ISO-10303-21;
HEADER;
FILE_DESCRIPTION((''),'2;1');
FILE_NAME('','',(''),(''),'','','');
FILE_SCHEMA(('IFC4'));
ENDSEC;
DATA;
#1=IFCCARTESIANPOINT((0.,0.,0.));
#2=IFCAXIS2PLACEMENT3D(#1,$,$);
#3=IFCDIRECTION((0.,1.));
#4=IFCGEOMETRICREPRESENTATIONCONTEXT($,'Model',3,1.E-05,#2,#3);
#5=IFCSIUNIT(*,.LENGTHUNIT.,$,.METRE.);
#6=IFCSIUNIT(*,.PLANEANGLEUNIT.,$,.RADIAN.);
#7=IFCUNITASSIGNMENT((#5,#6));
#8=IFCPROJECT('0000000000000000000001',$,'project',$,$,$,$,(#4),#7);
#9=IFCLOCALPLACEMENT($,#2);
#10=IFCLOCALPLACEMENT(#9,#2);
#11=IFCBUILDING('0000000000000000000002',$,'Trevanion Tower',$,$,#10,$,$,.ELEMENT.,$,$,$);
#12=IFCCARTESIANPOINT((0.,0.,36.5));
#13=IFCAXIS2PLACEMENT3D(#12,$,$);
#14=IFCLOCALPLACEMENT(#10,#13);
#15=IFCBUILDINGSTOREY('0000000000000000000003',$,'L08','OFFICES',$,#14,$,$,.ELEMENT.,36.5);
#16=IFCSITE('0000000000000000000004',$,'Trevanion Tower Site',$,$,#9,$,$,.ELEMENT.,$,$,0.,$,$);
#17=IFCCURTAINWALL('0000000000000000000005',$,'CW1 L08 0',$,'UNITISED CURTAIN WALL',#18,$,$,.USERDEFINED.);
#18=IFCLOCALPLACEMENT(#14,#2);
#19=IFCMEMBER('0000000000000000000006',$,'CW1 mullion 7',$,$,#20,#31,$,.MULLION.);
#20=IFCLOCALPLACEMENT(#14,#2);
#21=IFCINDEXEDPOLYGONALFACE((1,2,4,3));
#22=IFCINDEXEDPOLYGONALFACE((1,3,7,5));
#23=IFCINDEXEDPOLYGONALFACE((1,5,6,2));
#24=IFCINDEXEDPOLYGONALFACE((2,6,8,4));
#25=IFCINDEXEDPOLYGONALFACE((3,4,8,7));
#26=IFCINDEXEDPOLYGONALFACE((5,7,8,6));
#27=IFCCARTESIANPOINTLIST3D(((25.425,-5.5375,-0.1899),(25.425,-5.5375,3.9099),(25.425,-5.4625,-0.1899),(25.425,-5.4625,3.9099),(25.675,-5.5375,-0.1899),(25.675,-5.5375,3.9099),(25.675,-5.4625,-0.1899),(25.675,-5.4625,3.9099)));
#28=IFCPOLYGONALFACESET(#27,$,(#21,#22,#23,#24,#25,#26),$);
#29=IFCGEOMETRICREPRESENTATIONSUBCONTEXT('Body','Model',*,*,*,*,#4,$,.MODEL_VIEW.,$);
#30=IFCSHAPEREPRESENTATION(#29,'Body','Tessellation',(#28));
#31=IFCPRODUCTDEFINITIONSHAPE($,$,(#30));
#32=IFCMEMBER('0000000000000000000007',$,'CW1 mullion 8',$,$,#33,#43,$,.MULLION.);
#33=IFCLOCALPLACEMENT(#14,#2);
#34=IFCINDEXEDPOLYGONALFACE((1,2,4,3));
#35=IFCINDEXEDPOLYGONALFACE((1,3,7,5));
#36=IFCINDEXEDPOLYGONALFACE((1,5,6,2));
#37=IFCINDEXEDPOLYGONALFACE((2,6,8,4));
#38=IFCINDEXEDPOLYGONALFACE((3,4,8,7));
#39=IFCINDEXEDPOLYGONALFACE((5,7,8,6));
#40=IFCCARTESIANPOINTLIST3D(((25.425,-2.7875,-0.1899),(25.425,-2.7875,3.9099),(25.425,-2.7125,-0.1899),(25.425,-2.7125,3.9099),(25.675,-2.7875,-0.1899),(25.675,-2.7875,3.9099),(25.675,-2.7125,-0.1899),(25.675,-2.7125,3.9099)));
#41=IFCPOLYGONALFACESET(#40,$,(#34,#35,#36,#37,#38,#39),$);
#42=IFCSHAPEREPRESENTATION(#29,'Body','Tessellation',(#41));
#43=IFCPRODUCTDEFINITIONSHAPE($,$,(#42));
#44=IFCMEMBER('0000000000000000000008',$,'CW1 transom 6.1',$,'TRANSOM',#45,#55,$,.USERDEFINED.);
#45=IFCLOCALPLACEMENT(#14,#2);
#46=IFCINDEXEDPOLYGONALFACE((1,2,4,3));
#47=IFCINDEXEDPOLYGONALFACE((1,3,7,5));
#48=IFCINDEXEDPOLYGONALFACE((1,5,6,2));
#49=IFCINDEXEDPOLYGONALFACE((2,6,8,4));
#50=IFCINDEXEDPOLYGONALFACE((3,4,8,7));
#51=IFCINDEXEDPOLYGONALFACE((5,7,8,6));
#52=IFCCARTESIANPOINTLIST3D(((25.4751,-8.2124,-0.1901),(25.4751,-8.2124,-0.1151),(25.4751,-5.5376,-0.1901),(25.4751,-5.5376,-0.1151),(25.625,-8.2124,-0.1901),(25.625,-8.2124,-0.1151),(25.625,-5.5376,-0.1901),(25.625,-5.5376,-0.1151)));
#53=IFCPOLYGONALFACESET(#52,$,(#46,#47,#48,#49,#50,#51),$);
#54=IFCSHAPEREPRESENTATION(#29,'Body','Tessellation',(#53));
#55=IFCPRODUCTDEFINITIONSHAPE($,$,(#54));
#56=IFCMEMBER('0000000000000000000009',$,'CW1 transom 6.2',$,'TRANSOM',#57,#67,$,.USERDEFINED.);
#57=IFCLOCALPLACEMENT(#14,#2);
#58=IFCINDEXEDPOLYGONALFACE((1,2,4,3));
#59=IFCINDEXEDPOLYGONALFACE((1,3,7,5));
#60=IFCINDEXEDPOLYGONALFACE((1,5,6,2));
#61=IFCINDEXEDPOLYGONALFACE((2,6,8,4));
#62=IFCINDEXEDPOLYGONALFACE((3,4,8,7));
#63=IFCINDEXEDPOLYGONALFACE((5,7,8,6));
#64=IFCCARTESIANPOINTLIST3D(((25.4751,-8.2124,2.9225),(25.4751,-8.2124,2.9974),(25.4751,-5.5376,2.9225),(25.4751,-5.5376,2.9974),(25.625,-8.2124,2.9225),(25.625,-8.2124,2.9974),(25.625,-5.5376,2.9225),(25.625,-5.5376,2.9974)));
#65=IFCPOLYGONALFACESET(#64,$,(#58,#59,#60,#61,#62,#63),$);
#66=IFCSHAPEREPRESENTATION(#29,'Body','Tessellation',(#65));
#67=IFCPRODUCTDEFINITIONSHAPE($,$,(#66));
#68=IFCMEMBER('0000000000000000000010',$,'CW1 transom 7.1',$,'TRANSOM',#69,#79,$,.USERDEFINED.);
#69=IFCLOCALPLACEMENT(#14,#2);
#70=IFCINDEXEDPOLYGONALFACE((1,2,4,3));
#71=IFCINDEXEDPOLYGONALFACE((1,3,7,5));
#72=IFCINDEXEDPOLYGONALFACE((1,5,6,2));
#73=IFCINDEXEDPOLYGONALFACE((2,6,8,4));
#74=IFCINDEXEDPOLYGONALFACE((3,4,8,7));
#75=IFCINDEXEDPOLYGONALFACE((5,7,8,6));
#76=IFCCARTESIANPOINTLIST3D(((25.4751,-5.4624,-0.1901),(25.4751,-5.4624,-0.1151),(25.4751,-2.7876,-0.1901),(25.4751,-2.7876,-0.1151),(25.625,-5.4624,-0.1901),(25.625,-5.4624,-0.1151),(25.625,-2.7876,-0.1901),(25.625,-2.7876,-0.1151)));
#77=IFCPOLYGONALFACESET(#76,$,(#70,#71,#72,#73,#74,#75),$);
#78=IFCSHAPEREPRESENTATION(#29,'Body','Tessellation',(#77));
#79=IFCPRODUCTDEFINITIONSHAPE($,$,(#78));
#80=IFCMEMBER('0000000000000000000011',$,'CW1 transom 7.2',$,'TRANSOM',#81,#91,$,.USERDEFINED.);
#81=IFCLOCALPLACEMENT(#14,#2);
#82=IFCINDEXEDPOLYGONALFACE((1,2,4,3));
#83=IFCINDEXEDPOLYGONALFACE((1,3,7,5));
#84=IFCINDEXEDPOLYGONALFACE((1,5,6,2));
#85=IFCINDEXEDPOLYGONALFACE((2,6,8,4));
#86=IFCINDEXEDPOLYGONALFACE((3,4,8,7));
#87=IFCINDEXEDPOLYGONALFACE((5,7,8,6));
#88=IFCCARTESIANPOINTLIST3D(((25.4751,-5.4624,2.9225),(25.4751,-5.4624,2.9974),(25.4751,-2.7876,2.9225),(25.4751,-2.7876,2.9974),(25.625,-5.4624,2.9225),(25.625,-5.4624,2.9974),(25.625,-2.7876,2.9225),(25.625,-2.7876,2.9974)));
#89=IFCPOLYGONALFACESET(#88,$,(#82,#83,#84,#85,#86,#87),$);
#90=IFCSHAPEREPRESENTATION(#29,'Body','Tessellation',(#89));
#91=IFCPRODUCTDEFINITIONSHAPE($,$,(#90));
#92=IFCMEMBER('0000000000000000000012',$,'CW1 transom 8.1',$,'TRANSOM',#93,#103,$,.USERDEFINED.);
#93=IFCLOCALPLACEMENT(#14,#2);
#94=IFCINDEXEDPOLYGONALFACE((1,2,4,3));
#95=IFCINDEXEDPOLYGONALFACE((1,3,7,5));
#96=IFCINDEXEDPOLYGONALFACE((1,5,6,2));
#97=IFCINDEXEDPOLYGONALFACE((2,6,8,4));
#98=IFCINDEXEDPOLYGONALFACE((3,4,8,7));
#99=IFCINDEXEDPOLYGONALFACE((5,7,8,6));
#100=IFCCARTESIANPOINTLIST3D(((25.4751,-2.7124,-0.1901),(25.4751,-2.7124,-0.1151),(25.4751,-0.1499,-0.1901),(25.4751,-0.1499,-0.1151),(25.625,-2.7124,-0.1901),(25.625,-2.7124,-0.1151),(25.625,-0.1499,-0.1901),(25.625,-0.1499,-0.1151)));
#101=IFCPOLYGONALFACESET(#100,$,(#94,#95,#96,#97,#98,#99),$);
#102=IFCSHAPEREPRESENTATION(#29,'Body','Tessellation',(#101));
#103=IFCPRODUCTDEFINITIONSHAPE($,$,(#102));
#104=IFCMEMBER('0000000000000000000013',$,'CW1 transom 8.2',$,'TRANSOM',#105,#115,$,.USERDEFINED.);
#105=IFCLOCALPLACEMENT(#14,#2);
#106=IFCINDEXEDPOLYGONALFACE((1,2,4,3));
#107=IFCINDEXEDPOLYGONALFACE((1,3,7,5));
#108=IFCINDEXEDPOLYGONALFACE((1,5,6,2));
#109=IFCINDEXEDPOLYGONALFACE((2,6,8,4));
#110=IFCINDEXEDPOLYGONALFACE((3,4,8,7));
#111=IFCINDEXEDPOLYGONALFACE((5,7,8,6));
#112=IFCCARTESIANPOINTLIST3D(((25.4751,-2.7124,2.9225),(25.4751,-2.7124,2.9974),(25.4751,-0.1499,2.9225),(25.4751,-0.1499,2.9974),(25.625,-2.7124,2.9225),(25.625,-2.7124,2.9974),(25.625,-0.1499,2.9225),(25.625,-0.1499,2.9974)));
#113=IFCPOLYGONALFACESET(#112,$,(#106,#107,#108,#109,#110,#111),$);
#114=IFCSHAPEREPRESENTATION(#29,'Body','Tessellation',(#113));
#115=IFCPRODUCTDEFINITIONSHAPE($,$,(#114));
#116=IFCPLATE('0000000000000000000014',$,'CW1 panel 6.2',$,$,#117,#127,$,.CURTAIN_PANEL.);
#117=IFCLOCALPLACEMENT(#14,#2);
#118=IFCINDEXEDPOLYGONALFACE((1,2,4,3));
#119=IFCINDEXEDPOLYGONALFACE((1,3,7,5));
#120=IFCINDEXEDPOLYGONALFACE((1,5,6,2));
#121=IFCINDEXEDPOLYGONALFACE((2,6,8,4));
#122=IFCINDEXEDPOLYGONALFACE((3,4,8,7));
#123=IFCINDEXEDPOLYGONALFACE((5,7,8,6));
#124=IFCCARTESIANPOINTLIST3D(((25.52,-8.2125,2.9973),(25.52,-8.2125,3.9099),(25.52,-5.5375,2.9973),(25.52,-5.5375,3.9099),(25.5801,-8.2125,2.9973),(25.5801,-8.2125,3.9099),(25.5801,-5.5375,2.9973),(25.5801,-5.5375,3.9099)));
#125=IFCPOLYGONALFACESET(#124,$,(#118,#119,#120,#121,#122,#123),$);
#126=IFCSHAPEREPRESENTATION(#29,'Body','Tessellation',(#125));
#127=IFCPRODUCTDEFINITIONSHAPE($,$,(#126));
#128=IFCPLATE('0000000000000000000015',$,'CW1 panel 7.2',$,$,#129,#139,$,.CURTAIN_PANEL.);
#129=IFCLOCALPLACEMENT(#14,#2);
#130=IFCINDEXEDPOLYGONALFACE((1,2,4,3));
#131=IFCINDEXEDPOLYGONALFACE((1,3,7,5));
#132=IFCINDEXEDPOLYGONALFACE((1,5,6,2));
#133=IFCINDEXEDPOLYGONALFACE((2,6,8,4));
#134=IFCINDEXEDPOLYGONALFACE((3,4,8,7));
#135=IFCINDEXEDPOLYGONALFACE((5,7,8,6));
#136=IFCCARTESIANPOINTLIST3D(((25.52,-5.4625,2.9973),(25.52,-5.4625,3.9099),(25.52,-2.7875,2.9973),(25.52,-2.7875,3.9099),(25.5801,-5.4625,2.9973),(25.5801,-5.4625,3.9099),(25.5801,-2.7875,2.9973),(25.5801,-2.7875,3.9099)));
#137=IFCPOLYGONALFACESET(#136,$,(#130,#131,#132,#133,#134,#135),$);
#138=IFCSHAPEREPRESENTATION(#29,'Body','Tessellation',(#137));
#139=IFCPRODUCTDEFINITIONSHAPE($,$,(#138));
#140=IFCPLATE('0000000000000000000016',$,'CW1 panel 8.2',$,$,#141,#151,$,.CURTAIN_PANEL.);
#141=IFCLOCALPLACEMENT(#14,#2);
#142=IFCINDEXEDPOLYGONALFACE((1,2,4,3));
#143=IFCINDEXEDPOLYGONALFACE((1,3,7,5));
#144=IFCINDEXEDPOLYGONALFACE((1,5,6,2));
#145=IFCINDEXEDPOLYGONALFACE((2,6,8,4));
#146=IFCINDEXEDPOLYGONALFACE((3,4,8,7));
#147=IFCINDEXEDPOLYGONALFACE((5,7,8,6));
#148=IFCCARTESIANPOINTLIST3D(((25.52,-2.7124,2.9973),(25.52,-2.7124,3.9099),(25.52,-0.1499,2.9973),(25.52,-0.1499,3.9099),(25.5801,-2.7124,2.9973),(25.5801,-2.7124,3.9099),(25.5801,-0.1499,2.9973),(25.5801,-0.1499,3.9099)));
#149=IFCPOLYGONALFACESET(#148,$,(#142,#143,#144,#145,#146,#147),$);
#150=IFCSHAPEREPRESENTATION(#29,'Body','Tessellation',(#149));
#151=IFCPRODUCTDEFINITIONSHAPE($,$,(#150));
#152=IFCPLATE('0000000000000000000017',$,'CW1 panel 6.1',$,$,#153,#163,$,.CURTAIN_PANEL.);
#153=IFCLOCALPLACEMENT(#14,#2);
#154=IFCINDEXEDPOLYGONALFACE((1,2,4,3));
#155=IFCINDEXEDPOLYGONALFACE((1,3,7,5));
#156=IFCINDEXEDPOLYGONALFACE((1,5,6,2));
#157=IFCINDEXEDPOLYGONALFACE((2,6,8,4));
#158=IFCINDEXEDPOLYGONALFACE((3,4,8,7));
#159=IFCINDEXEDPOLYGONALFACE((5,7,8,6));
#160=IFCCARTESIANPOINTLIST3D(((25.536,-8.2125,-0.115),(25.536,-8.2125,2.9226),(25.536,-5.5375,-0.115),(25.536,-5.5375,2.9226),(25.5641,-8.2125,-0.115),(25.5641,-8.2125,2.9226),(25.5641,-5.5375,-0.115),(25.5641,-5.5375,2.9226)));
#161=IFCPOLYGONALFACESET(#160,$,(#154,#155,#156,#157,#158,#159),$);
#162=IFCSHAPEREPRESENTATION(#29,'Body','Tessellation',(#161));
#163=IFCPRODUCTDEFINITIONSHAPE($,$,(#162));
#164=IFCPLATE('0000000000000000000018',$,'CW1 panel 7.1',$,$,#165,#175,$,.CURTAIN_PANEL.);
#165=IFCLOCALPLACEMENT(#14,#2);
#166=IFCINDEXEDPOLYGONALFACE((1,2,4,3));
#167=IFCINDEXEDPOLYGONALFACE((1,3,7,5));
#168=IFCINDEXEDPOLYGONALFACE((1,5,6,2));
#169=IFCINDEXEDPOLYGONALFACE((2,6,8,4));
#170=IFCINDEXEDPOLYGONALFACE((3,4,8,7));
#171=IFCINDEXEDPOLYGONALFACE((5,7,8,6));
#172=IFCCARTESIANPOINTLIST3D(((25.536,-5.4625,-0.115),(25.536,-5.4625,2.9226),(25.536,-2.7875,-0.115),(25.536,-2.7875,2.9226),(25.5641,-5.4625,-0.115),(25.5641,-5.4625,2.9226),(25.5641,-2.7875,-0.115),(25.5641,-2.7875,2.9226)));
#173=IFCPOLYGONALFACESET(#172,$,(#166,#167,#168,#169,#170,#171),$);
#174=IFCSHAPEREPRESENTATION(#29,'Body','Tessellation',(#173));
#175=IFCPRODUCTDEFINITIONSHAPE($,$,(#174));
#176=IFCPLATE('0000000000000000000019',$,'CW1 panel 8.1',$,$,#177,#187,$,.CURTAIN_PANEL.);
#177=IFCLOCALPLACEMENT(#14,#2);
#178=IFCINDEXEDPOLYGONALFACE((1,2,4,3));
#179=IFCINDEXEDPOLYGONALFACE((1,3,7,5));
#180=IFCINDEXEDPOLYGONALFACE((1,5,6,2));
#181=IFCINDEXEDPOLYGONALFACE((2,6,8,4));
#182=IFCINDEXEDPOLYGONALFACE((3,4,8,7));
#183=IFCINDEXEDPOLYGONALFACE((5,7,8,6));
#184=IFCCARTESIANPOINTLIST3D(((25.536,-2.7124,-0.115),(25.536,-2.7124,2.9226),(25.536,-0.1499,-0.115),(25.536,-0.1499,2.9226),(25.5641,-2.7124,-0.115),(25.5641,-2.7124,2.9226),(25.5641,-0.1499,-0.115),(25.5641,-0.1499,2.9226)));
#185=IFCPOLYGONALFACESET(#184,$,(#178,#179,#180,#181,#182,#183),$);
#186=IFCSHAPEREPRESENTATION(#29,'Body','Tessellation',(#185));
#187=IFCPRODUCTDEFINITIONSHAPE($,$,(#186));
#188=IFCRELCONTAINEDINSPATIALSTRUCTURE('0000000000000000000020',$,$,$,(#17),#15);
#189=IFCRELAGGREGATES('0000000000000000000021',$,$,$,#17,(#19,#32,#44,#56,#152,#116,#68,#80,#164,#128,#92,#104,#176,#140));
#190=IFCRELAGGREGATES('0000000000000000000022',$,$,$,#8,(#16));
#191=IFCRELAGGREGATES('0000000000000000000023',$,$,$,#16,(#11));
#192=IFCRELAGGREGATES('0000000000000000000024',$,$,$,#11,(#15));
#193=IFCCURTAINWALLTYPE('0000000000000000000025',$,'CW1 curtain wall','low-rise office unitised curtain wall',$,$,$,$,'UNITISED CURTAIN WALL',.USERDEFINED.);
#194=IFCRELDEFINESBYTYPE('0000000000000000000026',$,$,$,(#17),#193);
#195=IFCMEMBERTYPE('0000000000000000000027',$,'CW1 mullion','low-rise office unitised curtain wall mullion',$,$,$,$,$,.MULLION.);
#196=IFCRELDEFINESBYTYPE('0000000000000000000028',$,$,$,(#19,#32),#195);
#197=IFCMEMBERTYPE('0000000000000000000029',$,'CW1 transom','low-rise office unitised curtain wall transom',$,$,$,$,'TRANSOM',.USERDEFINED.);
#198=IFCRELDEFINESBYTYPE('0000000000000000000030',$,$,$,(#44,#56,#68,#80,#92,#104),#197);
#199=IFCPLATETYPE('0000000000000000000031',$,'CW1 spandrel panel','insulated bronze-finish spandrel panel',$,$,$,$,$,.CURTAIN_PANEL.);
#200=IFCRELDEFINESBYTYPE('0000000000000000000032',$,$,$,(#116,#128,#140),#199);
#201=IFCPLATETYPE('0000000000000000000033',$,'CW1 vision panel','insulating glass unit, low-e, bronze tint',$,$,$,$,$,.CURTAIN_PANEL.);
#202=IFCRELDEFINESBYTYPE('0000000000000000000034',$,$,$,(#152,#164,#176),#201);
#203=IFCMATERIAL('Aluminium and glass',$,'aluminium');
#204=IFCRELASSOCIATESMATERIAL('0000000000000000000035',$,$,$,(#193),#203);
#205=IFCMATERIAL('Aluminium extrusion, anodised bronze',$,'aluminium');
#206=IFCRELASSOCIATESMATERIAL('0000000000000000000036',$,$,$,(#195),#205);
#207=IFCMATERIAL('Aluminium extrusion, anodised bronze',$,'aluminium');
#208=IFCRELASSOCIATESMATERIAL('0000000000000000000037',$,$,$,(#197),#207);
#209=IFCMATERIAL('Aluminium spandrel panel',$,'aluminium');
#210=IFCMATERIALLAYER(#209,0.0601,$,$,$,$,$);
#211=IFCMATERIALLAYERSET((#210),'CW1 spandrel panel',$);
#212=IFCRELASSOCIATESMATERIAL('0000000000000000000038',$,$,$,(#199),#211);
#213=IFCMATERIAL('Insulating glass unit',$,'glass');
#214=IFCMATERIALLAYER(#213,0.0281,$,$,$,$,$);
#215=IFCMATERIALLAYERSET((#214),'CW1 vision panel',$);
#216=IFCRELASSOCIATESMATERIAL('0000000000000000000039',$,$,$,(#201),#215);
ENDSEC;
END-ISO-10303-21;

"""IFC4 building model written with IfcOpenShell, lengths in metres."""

from ifc_helpers import new_model, si_unit, direction, frame, origin, origin_2d, place, context, subcontext, project, spatial, rectangle, extrude, material, layer, layer_set, material_profile, profile_set, type_object, element, aggregate, save


model = new_model("IFC4")

# Units and contexts
model_context = context("Model", 3, precision=1e-05, world=origin(), true_north=direction((0.0, 1.0)))
body_context = subcontext(model_context, "Body", "Model", "MODEL_VIEW")
ifc_project = project(units=[si_unit("LENGTHUNIT", "METRE"), si_unit("PLANEANGLEUNIT", "RADIAN")], contexts=[model_context])

# Site, building, storey
site_placement = place(None, origin())
site = spatial("IfcSite", under=ifc_project, at=site_placement, Name="Trevanion Tower Site", CompositionType="ELEMENT", RefElevation=0.0)
building_placement = place(site_placement, origin())
building = spatial("IfcBuilding", under=site, at=building_placement, Name="Trevanion Tower", CompositionType="ELEMENT")
storey_placement = place(building_placement, frame((0.0, 0.0, 36.5)))
storey = spatial("IfcBuildingStorey", under=building, at=storey_placement, Name="L08", Description="OFFICES", CompositionType="ELEMENT", Elevation=36.5)

# Curtain wall, members, plates
ifc_material_1 = material(Name="Aluminium and glass", Category="aluminium")
curtain_wall_type = type_object("IfcCurtainWallType", Name="CW1 curtain wall", Description="low-rise office unitised curtain wall", ElementType="UNITISED CURTAIN WALL", PredefinedType="USERDEFINED", material=ifc_material_1)
curtain_wall_placement = place(storey_placement, origin())
curtain_wall = element("IfcCurtainWall", 1, at=curtain_wall_placement, inside=storey, type_object=curtain_wall_type, Name="CW1 L08 0", ObjectType="UNITISED CURTAIN WALL", PredefinedType="USERDEFINED")
ifc_material_2 = material(Name="Aluminium extrusion, anodised bronze", Category="aluminium")
ifc_material_profile_1 = material_profile(ifc_material_2, rectangle(XDim=0.075, YDim=0.25, at=origin_2d()), Name="CW1 mullion")
ifc_profile_set_1 = profile_set([ifc_material_profile_1], Name="Aluminium extrusion, anodised bronze")
member_type_1 = type_object("IfcMemberType", Name="CW1 mullion", Description="low-rise office unitised curtain wall mullion", PredefinedType="MULLION", material=ifc_profile_set_1)
member_1_placement = place(storey_placement, frame((25.55, -5.5, -0.1899), z_axis=(0.0, 0.0, 1.0), x_axis=(0.0, 1.0, 0.0)))
member_1 = element("IfcMember", 2, at=member_1_placement, type_object=member_type_1, Name="CW1 mullion 7", PredefinedType="MULLION", context=body_context, shape_type="SweptSolid", body=[
    extrude(rectangle(XDim=0.075, YDim=0.25, at=origin_2d()), origin(), (0.0, 0.0, 1.0), 4.0999),
])
member_2_placement = place(storey_placement, frame((25.55, -2.75, -0.1899), z_axis=(0.0, 0.0, 1.0), x_axis=(0.0, 1.0, 0.0)))
member_2 = element("IfcMember", 3, at=member_2_placement, type_object=member_type_1, Name="CW1 mullion 8", PredefinedType="MULLION", context=body_context, shape_type="SweptSolid", body=[
    extrude(rectangle(XDim=0.075, YDim=0.25, at=origin_2d()), origin(), (0.0, 0.0, 1.0), 4.0999),
])
ifc_material_3 = material(Name="Aluminium extrusion, anodised bronze", Category="aluminium")
ifc_material_profile_2 = material_profile(ifc_material_3, rectangle(XDim=0.1499, YDim=0.075, at=origin_2d()), Name="CW1 transom")
ifc_profile_set_2 = profile_set([ifc_material_profile_2], Name="Aluminium extrusion, anodised bronze")
member_type_2 = type_object("IfcMemberType", Name="CW1 transom", Description="low-rise office unitised curtain wall transom", ElementType="TRANSOM", PredefinedType="USERDEFINED", material=ifc_profile_set_2)
member_3_placement = place(storey_placement, frame((25.55, -8.2124, -0.1526), z_axis=(0.0, 1.0, 0.0), x_axis=(-1.0, 0.0, 0.0)))
member_3 = element("IfcMember", 4, at=member_3_placement, type_object=member_type_2, Name="CW1 transom 6.1", ObjectType="TRANSOM", PredefinedType="USERDEFINED", context=body_context, shape_type="SweptSolid", body=[
    extrude(rectangle(XDim=0.1499, YDim=0.075, at=origin_2d()), origin(), (0.0, 0.0, 1.0), 2.6748),
])
member_4_placement = place(storey_placement, frame((25.55, -8.2124, 2.96), z_axis=(0.0, 1.0, 0.0), x_axis=(-1.0, 0.0, 0.0)))
member_4 = element("IfcMember", 5, at=member_4_placement, type_object=member_type_2, Name="CW1 transom 6.2", ObjectType="TRANSOM", PredefinedType="USERDEFINED", context=body_context, shape_type="SweptSolid", body=[
    extrude(rectangle(XDim=0.1499, YDim=0.075, at=origin_2d()), origin(), (0.0, 0.0, 1.0), 2.6748),
])
member_5_placement = place(storey_placement, frame((25.55, -5.4624, -0.1526), z_axis=(0.0, 1.0, 0.0), x_axis=(-1.0, 0.0, 0.0)))
member_5 = element("IfcMember", 6, at=member_5_placement, type_object=member_type_2, Name="CW1 transom 7.1", ObjectType="TRANSOM", PredefinedType="USERDEFINED", context=body_context, shape_type="SweptSolid", body=[
    extrude(rectangle(XDim=0.1499, YDim=0.075, at=origin_2d()), origin(), (0.0, 0.0, 1.0), 2.6748),
])
member_6_placement = place(storey_placement, frame((25.55, -5.4624, 2.96), z_axis=(0.0, 1.0, 0.0), x_axis=(-1.0, 0.0, 0.0)))
member_6 = element("IfcMember", 7, at=member_6_placement, type_object=member_type_2, Name="CW1 transom 7.2", ObjectType="TRANSOM", PredefinedType="USERDEFINED", context=body_context, shape_type="SweptSolid", body=[
    extrude(rectangle(XDim=0.1499, YDim=0.075, at=origin_2d()), origin(), (0.0, 0.0, 1.0), 2.6748),
])
member_7_placement = place(storey_placement, frame((25.55, -2.7124, -0.1526), z_axis=(0.0, 1.0, 0.0), x_axis=(-1.0, 0.0, 0.0)))
member_7 = element("IfcMember", 8, at=member_7_placement, type_object=member_type_2, Name="CW1 transom 8.1", ObjectType="TRANSOM", PredefinedType="USERDEFINED", context=body_context, shape_type="SweptSolid", body=[
    extrude(rectangle(XDim=0.1499, YDim=0.075, at=origin_2d()), origin(), (0.0, 0.0, 1.0), 2.5625),
])
member_8_placement = place(storey_placement, frame((25.55, -2.7124, 2.96), z_axis=(0.0, 1.0, 0.0), x_axis=(-1.0, 0.0, 0.0)))
member_8 = element("IfcMember", 9, at=member_8_placement, type_object=member_type_2, Name="CW1 transom 8.2", ObjectType="TRANSOM", PredefinedType="USERDEFINED", context=body_context, shape_type="SweptSolid", body=[
    extrude(rectangle(XDim=0.1499, YDim=0.075, at=origin_2d()), origin(), (0.0, 0.0, 1.0), 2.5625),
])
ifc_material_4 = material(Name="Aluminium spandrel panel", Category="aluminium")
ifc_layer_1 = layer(ifc_material_4, 0.0601)
ifc_layer_set_1 = layer_set([ifc_layer_1], Name="CW1 spandrel panel")
plate_type_1 = type_object("IfcPlateType", Name="CW1 spandrel panel", Description="insulated bronze-finish spandrel panel", PredefinedType="CURTAIN_PANEL", material=ifc_layer_set_1)
plate_1_placement = place(storey_placement, frame((25.55, -6.875, 2.9973), z_axis=(0.0, 0.0, 1.0), x_axis=(0.0, 1.0, 0.0)))
plate_1 = element("IfcPlate", 10, at=plate_1_placement, type_object=plate_type_1, Name="CW1 panel 6.2", PredefinedType="CURTAIN_PANEL", context=body_context, shape_type="SweptSolid", body=[
    extrude(rectangle(XDim=2.675, YDim=0.0601, at=origin_2d()), origin(), (0.0, 0.0, 1.0), 0.9126),
])
plate_2_placement = place(storey_placement, frame((25.55, -4.125, 2.9973), z_axis=(0.0, 0.0, 1.0), x_axis=(0.0, 1.0, 0.0)))
plate_2 = element("IfcPlate", 11, at=plate_2_placement, type_object=plate_type_1, Name="CW1 panel 7.2", PredefinedType="CURTAIN_PANEL", context=body_context, shape_type="SweptSolid", body=[
    extrude(rectangle(XDim=2.675, YDim=0.0601, at=origin_2d()), origin(), (0.0, 0.0, 1.0), 0.9126),
])
plate_3_placement = place(storey_placement, frame((25.55, -1.4312, 2.9973), z_axis=(0.0, 0.0, 1.0), x_axis=(0.0, 1.0, 0.0)))
plate_3 = element("IfcPlate", 12, at=plate_3_placement, type_object=plate_type_1, Name="CW1 panel 8.2", PredefinedType="CURTAIN_PANEL", context=body_context, shape_type="SweptSolid", body=[
    extrude(rectangle(XDim=2.5625, YDim=0.0601, at=origin_2d()), origin(), (0.0, 0.0, 1.0), 0.9126),
])
ifc_material_5 = material(Name="Insulating glass unit", Category="glass")
ifc_layer_2 = layer(ifc_material_5, 0.0281)
ifc_layer_set_2 = layer_set([ifc_layer_2], Name="CW1 vision panel")
plate_type_2 = type_object("IfcPlateType", Name="CW1 vision panel", Description="insulating glass unit, low-e, bronze tint", PredefinedType="CURTAIN_PANEL", material=ifc_layer_set_2)
plate_4_placement = place(storey_placement, frame((25.55, -6.875, -0.115), z_axis=(0.0, 0.0, 1.0), x_axis=(0.0, 1.0, 0.0)))
plate_4 = element("IfcPlate", 13, at=plate_4_placement, type_object=plate_type_2, Name="CW1 panel 6.1", PredefinedType="CURTAIN_PANEL", context=body_context, shape_type="SweptSolid", body=[
    extrude(rectangle(XDim=2.675, YDim=0.0281, at=origin_2d()), origin(), (0.0, 0.0, 1.0), 3.0376),
])
plate_5_placement = place(storey_placement, frame((25.55, -4.125, -0.115), z_axis=(0.0, 0.0, 1.0), x_axis=(0.0, 1.0, 0.0)))
plate_5 = element("IfcPlate", 14, at=plate_5_placement, type_object=plate_type_2, Name="CW1 panel 7.1", PredefinedType="CURTAIN_PANEL", context=body_context, shape_type="SweptSolid", body=[
    extrude(rectangle(XDim=2.675, YDim=0.0281, at=origin_2d()), origin(), (0.0, 0.0, 1.0), 3.0376),
])
plate_6_placement = place(storey_placement, frame((25.55, -1.4312, -0.115), z_axis=(0.0, 0.0, 1.0), x_axis=(0.0, 1.0, 0.0)))
plate_6 = element("IfcPlate", 15, at=plate_6_placement, type_object=plate_type_2, Name="CW1 panel 8.1", PredefinedType="CURTAIN_PANEL", context=body_context, shape_type="SweptSolid", body=[
    extrude(rectangle(XDim=2.5625, YDim=0.0281, at=origin_2d()), origin(), (0.0, 0.0, 1.0), 3.0376),
])
aggregate(curtain_wall, [member_1, member_2, member_3, member_4, plate_4, plate_1, member_5, member_6, plate_5, plate_2, member_7, member_8, plate_6, plate_3])

save(model, "model.ifc")
